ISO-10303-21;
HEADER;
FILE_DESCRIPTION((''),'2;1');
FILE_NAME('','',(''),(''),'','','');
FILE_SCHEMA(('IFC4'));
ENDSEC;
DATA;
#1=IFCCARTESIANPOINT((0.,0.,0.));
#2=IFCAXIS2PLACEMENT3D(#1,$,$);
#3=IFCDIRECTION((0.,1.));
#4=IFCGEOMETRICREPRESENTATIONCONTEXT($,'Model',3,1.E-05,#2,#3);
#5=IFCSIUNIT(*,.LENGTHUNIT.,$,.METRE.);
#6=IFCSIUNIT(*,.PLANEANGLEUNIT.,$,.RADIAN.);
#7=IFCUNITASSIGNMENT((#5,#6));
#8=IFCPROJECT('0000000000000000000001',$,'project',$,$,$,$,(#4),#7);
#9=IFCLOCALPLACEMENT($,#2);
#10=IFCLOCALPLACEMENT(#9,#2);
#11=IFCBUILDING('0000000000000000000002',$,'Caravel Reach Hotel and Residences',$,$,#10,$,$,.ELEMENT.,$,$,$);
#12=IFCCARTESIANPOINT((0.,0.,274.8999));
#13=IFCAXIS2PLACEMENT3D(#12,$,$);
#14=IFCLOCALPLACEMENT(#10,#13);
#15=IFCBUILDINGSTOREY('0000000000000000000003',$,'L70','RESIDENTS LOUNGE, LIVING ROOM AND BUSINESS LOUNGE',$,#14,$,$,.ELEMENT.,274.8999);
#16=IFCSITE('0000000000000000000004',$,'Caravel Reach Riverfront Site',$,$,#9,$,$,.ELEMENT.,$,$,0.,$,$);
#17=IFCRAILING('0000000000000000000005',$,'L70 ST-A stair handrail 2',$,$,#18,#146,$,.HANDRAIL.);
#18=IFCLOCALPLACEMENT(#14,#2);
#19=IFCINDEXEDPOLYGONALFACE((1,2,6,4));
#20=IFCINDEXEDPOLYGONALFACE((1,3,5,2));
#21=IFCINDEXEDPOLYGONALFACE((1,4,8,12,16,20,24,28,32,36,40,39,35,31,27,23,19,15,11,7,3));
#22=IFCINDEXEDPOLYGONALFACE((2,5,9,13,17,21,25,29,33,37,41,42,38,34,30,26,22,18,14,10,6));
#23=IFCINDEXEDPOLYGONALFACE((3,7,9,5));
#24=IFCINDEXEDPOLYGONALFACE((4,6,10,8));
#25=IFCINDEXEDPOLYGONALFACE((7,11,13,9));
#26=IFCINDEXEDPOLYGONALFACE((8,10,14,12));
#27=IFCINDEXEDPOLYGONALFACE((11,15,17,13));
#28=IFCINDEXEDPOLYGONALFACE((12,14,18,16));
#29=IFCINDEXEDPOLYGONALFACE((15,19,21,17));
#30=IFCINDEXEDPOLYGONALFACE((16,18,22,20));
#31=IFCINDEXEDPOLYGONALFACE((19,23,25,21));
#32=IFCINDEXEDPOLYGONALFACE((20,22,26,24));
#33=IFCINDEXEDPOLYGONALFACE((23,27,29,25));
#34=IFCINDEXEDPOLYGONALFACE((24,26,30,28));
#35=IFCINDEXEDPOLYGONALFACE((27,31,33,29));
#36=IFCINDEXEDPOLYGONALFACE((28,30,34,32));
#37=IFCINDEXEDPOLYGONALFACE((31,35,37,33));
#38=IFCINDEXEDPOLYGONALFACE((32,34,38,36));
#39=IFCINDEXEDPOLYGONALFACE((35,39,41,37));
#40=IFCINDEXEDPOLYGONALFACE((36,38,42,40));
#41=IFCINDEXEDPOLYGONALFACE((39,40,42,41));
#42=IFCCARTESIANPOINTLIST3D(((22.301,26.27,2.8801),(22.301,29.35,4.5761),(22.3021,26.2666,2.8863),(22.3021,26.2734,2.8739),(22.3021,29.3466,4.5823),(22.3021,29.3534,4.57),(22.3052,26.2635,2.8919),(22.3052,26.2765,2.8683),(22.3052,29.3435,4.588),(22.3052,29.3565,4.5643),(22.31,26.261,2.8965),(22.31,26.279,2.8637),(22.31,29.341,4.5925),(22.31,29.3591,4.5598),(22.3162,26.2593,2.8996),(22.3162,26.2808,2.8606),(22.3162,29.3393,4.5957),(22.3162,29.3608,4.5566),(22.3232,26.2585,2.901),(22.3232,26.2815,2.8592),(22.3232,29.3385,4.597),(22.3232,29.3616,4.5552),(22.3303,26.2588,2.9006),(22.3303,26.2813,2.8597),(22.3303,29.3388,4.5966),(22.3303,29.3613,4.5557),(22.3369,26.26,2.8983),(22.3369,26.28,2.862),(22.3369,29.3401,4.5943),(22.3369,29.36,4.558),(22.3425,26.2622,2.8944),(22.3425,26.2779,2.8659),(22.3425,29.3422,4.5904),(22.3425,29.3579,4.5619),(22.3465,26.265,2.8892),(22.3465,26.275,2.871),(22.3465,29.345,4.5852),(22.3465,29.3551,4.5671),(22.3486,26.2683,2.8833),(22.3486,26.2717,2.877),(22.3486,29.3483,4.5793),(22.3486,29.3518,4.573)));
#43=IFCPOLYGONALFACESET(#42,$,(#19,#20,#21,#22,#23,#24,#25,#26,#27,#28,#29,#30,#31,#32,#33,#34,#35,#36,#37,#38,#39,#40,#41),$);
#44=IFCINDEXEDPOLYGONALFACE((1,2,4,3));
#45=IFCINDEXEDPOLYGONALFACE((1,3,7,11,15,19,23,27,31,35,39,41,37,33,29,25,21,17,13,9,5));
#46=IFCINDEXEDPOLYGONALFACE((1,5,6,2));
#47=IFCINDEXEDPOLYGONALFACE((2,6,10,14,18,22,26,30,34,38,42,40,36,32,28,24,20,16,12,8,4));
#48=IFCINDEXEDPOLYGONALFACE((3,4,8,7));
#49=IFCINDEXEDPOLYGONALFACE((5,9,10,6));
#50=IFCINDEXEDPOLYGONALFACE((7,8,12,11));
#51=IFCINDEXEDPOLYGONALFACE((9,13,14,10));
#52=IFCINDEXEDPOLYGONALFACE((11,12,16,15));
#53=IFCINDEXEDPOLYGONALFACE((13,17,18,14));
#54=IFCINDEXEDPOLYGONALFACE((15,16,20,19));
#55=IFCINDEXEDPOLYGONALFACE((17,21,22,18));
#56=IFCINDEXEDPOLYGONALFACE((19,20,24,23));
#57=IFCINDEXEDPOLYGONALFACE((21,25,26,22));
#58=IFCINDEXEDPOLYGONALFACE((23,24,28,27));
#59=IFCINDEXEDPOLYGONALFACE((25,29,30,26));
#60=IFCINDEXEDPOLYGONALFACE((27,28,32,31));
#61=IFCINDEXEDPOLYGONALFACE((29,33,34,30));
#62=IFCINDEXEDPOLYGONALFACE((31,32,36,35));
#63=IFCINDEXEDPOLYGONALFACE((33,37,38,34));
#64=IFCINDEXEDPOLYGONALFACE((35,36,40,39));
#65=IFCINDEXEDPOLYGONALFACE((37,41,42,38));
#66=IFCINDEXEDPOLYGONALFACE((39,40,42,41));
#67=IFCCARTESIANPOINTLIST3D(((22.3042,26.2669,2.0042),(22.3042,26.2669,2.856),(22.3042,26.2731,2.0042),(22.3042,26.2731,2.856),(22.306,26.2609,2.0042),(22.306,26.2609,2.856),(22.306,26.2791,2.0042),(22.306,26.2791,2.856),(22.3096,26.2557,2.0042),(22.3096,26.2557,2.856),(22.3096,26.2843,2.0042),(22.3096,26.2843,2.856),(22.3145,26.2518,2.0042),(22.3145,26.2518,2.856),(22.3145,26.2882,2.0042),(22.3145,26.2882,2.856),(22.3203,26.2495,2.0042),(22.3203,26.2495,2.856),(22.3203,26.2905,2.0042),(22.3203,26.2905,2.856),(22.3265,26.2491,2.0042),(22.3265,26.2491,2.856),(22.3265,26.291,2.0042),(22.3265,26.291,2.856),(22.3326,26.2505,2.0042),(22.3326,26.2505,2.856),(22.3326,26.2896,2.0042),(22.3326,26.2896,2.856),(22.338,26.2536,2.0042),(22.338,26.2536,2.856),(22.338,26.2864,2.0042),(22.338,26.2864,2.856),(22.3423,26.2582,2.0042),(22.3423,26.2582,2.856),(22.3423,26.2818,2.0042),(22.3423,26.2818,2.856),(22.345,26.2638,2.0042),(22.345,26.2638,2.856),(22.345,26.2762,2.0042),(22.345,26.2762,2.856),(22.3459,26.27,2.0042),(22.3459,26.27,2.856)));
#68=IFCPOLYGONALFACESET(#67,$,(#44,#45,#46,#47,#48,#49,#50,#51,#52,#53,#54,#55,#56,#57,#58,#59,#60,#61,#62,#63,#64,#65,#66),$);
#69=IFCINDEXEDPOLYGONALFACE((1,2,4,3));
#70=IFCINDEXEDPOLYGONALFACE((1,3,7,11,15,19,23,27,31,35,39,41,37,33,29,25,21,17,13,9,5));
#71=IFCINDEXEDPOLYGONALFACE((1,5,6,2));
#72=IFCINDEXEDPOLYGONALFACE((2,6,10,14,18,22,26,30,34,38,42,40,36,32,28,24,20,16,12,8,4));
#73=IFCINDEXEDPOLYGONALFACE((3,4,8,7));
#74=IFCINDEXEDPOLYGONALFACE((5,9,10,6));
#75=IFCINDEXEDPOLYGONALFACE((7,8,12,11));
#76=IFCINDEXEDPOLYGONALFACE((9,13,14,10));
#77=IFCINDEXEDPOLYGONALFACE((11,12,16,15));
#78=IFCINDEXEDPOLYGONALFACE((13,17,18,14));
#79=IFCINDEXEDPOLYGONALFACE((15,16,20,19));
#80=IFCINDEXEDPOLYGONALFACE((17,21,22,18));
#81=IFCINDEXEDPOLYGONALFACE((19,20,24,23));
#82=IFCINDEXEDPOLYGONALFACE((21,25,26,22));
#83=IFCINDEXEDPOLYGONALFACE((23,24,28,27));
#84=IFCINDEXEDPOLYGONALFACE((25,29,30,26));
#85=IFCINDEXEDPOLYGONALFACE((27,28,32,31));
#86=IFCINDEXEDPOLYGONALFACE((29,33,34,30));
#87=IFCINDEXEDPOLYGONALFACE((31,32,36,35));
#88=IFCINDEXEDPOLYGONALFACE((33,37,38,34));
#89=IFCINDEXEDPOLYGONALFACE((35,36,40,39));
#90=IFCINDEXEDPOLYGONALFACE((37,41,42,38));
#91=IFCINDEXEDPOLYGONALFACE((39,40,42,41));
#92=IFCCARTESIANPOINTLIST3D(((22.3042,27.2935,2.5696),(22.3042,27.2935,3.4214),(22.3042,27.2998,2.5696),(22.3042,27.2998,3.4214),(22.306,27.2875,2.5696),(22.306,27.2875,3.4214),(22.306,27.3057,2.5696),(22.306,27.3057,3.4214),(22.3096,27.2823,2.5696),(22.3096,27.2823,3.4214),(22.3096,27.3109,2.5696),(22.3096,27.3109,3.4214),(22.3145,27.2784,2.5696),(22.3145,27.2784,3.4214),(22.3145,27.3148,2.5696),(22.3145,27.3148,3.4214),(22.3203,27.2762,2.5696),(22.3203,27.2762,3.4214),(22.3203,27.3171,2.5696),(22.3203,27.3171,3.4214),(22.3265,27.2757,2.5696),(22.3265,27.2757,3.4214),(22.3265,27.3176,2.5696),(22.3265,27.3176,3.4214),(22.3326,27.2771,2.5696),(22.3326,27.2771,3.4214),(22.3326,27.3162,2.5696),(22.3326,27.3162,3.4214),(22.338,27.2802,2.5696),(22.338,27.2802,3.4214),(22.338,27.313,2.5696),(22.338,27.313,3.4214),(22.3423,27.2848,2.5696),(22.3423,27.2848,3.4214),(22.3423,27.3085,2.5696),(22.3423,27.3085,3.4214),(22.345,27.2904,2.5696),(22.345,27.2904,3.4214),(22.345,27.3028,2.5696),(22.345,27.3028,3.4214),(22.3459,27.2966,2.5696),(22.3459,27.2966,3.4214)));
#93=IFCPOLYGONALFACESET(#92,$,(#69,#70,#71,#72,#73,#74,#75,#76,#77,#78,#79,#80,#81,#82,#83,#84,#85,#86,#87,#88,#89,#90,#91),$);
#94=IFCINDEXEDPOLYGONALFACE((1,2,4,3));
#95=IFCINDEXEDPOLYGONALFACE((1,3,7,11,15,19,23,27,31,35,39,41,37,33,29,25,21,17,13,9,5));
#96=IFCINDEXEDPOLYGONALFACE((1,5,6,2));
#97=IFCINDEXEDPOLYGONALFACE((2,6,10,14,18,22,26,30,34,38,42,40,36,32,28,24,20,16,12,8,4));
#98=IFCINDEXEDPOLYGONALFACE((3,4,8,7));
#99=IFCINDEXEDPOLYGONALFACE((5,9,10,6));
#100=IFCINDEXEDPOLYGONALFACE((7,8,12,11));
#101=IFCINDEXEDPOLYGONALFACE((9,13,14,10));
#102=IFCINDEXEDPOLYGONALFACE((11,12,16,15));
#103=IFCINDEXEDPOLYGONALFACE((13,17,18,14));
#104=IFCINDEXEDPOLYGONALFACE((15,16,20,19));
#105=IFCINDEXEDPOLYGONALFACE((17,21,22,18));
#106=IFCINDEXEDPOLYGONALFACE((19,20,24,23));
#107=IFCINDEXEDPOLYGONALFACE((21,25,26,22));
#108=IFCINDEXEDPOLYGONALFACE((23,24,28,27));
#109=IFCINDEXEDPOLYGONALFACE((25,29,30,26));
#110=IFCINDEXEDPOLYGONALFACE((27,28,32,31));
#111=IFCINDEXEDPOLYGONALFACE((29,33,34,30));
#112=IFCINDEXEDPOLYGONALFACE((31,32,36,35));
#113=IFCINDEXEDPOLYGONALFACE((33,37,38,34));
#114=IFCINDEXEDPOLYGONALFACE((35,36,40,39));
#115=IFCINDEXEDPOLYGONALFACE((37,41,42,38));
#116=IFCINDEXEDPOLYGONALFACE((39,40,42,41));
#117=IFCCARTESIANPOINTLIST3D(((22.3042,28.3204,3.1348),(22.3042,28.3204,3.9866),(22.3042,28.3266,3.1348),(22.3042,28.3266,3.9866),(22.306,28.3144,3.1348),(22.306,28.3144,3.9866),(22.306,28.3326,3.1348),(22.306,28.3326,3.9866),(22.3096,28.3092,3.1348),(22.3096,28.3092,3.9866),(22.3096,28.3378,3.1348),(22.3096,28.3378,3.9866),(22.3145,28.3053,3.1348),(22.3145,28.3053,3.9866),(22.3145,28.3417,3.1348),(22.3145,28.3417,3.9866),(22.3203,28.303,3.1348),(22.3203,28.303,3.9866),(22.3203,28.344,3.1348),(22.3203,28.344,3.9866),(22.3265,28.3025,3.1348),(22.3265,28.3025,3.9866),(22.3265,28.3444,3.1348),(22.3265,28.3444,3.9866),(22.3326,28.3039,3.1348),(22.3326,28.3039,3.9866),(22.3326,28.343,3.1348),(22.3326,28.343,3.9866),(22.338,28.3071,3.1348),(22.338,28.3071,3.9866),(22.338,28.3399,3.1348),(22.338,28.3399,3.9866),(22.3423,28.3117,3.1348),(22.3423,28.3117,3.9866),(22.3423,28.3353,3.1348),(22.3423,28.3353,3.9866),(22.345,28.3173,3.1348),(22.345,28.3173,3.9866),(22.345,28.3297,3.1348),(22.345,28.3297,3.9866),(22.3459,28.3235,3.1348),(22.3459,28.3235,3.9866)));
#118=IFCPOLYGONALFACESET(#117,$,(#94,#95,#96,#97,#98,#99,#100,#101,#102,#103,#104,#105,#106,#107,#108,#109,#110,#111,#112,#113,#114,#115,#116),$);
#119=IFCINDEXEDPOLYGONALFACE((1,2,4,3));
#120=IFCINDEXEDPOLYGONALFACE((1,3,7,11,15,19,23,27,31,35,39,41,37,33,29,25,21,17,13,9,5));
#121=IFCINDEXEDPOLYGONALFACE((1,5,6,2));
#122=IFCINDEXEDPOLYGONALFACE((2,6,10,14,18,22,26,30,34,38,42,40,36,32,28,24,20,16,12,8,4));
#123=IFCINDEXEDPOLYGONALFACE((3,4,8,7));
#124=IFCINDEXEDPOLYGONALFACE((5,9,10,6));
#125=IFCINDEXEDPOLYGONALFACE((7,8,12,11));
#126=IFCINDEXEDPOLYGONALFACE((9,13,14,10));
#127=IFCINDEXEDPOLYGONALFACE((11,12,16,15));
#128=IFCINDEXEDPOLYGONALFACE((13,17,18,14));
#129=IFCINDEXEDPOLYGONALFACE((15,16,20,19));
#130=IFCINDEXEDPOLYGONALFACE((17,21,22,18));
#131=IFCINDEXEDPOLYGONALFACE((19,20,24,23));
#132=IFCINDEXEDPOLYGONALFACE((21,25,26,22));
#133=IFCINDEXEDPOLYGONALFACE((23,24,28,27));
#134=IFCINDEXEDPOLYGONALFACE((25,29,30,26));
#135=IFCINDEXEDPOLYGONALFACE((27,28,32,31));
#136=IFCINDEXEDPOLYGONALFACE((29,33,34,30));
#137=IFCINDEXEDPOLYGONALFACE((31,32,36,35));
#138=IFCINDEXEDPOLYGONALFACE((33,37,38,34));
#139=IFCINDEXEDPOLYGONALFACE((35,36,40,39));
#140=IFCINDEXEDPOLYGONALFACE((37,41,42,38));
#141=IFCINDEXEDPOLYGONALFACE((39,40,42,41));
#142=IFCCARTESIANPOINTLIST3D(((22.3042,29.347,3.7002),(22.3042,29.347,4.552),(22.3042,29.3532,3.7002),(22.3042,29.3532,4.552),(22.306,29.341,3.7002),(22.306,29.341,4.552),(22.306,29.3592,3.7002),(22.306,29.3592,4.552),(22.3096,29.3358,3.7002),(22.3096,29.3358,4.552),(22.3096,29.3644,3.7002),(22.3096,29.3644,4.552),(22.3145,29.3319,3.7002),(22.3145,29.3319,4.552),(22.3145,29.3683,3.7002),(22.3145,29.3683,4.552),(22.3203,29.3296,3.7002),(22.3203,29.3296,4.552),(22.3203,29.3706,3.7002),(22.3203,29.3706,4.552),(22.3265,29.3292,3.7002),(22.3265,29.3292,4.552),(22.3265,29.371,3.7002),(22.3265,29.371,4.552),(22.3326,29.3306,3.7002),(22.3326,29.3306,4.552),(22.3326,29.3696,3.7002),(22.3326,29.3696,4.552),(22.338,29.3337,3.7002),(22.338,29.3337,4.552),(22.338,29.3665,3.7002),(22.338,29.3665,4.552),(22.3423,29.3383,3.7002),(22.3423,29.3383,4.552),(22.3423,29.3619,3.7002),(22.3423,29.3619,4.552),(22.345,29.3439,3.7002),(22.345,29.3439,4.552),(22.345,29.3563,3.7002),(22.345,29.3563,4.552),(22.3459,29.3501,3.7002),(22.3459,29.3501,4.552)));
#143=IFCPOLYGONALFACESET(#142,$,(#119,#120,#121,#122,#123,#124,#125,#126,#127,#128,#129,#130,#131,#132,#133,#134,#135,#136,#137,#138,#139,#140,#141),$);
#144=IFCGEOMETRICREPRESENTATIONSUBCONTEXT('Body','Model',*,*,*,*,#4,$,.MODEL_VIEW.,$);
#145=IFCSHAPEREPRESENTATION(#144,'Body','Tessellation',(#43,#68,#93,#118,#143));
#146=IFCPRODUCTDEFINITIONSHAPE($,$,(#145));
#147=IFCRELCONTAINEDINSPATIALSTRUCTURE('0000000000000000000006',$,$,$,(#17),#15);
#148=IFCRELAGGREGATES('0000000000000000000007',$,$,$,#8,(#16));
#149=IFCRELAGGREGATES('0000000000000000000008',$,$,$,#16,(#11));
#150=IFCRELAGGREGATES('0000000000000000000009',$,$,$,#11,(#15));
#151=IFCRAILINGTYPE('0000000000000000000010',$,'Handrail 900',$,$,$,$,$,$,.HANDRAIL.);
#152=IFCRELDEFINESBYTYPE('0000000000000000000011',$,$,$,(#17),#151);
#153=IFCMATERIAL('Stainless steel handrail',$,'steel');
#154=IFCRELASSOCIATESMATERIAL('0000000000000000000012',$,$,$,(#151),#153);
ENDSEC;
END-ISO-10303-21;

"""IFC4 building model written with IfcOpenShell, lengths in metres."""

from ifc_helpers import new_model, si_unit, direction, frame, origin, origin_2d, place, context, subcontext, project, spatial, circle, extrude, material, type_object, element, save


model = new_model("IFC4")

# Units and contexts
model_context = context("Model", 3, precision=1e-05, world=origin(), true_north=direction((0.0, 1.0)))
body_context = subcontext(model_context, "Body", "Model", "MODEL_VIEW")
ifc_project = project(units=[si_unit("LENGTHUNIT", "METRE"), si_unit("PLANEANGLEUNIT", "RADIAN")], contexts=[model_context])

# Site, building, storey
site_placement = place(None, origin())
site = spatial("IfcSite", under=ifc_project, at=site_placement, Name="Caravel Reach Riverfront Site", CompositionType="ELEMENT", RefElevation=0.0)
building_placement = place(site_placement, origin())
building = spatial("IfcBuilding", under=site, at=building_placement, Name="Caravel Reach Hotel and Residences", CompositionType="ELEMENT")
storey_placement = place(building_placement, frame((0.0, 0.0, 274.8999)))
storey = spatial("IfcBuildingStorey", under=building, at=storey_placement, Name="L70", Description="RESIDENTS LOUNGE, LIVING ROOM AND BUSINESS LOUNGE", CompositionType="ELEMENT", Elevation=274.8999)

# Railing
ifc_material_1 = material(Name="Stainless steel handrail", Category="steel")
railing_type_1 = type_object("IfcRailingType", Name="Handrail 900", PredefinedType="HANDRAIL", material=ifc_material_1)
railing_1_placement = place(storey_placement, frame((22.325, 26.27, 2.0042)))
element("IfcRailing", 1, at=railing_1_placement, inside=storey, type_object=railing_type_1, Name="L70 ST-A stair handrail 2", PredefinedType="HANDRAIL", context=body_context, shape_type="SweptSolid", body=[
    extrude(circle(Radius=0.0239, at=origin_2d()), frame((0.0, 0.0, 0.876), z_axis=(0.0, 0.875975, 0.482356), x_axis=(-1.0, 0.0, 0.0)), (0.0, 0.0, 1.0), 3.5161),
    extrude(circle(Radius=0.021, at=origin_2d()), origin(), (0.0, 0.0, 1.0), 0.8518),
    extrude(circle(Radius=0.021, at=origin_2d()), frame((0.0, 1.0266, 0.5654)), (0.0, 0.0, 1.0), 0.8518),
    extrude(circle(Radius=0.021, at=origin_2d()), frame((0.0, 2.0535, 1.1306)), (0.0, 0.0, 1.0), 0.8518),
    extrude(circle(Radius=0.021, at=origin_2d()), frame((0.0, 3.0801, 1.696)), (0.0, 0.0, 1.0), 0.8518),
])

save(model, "model.ifc")
